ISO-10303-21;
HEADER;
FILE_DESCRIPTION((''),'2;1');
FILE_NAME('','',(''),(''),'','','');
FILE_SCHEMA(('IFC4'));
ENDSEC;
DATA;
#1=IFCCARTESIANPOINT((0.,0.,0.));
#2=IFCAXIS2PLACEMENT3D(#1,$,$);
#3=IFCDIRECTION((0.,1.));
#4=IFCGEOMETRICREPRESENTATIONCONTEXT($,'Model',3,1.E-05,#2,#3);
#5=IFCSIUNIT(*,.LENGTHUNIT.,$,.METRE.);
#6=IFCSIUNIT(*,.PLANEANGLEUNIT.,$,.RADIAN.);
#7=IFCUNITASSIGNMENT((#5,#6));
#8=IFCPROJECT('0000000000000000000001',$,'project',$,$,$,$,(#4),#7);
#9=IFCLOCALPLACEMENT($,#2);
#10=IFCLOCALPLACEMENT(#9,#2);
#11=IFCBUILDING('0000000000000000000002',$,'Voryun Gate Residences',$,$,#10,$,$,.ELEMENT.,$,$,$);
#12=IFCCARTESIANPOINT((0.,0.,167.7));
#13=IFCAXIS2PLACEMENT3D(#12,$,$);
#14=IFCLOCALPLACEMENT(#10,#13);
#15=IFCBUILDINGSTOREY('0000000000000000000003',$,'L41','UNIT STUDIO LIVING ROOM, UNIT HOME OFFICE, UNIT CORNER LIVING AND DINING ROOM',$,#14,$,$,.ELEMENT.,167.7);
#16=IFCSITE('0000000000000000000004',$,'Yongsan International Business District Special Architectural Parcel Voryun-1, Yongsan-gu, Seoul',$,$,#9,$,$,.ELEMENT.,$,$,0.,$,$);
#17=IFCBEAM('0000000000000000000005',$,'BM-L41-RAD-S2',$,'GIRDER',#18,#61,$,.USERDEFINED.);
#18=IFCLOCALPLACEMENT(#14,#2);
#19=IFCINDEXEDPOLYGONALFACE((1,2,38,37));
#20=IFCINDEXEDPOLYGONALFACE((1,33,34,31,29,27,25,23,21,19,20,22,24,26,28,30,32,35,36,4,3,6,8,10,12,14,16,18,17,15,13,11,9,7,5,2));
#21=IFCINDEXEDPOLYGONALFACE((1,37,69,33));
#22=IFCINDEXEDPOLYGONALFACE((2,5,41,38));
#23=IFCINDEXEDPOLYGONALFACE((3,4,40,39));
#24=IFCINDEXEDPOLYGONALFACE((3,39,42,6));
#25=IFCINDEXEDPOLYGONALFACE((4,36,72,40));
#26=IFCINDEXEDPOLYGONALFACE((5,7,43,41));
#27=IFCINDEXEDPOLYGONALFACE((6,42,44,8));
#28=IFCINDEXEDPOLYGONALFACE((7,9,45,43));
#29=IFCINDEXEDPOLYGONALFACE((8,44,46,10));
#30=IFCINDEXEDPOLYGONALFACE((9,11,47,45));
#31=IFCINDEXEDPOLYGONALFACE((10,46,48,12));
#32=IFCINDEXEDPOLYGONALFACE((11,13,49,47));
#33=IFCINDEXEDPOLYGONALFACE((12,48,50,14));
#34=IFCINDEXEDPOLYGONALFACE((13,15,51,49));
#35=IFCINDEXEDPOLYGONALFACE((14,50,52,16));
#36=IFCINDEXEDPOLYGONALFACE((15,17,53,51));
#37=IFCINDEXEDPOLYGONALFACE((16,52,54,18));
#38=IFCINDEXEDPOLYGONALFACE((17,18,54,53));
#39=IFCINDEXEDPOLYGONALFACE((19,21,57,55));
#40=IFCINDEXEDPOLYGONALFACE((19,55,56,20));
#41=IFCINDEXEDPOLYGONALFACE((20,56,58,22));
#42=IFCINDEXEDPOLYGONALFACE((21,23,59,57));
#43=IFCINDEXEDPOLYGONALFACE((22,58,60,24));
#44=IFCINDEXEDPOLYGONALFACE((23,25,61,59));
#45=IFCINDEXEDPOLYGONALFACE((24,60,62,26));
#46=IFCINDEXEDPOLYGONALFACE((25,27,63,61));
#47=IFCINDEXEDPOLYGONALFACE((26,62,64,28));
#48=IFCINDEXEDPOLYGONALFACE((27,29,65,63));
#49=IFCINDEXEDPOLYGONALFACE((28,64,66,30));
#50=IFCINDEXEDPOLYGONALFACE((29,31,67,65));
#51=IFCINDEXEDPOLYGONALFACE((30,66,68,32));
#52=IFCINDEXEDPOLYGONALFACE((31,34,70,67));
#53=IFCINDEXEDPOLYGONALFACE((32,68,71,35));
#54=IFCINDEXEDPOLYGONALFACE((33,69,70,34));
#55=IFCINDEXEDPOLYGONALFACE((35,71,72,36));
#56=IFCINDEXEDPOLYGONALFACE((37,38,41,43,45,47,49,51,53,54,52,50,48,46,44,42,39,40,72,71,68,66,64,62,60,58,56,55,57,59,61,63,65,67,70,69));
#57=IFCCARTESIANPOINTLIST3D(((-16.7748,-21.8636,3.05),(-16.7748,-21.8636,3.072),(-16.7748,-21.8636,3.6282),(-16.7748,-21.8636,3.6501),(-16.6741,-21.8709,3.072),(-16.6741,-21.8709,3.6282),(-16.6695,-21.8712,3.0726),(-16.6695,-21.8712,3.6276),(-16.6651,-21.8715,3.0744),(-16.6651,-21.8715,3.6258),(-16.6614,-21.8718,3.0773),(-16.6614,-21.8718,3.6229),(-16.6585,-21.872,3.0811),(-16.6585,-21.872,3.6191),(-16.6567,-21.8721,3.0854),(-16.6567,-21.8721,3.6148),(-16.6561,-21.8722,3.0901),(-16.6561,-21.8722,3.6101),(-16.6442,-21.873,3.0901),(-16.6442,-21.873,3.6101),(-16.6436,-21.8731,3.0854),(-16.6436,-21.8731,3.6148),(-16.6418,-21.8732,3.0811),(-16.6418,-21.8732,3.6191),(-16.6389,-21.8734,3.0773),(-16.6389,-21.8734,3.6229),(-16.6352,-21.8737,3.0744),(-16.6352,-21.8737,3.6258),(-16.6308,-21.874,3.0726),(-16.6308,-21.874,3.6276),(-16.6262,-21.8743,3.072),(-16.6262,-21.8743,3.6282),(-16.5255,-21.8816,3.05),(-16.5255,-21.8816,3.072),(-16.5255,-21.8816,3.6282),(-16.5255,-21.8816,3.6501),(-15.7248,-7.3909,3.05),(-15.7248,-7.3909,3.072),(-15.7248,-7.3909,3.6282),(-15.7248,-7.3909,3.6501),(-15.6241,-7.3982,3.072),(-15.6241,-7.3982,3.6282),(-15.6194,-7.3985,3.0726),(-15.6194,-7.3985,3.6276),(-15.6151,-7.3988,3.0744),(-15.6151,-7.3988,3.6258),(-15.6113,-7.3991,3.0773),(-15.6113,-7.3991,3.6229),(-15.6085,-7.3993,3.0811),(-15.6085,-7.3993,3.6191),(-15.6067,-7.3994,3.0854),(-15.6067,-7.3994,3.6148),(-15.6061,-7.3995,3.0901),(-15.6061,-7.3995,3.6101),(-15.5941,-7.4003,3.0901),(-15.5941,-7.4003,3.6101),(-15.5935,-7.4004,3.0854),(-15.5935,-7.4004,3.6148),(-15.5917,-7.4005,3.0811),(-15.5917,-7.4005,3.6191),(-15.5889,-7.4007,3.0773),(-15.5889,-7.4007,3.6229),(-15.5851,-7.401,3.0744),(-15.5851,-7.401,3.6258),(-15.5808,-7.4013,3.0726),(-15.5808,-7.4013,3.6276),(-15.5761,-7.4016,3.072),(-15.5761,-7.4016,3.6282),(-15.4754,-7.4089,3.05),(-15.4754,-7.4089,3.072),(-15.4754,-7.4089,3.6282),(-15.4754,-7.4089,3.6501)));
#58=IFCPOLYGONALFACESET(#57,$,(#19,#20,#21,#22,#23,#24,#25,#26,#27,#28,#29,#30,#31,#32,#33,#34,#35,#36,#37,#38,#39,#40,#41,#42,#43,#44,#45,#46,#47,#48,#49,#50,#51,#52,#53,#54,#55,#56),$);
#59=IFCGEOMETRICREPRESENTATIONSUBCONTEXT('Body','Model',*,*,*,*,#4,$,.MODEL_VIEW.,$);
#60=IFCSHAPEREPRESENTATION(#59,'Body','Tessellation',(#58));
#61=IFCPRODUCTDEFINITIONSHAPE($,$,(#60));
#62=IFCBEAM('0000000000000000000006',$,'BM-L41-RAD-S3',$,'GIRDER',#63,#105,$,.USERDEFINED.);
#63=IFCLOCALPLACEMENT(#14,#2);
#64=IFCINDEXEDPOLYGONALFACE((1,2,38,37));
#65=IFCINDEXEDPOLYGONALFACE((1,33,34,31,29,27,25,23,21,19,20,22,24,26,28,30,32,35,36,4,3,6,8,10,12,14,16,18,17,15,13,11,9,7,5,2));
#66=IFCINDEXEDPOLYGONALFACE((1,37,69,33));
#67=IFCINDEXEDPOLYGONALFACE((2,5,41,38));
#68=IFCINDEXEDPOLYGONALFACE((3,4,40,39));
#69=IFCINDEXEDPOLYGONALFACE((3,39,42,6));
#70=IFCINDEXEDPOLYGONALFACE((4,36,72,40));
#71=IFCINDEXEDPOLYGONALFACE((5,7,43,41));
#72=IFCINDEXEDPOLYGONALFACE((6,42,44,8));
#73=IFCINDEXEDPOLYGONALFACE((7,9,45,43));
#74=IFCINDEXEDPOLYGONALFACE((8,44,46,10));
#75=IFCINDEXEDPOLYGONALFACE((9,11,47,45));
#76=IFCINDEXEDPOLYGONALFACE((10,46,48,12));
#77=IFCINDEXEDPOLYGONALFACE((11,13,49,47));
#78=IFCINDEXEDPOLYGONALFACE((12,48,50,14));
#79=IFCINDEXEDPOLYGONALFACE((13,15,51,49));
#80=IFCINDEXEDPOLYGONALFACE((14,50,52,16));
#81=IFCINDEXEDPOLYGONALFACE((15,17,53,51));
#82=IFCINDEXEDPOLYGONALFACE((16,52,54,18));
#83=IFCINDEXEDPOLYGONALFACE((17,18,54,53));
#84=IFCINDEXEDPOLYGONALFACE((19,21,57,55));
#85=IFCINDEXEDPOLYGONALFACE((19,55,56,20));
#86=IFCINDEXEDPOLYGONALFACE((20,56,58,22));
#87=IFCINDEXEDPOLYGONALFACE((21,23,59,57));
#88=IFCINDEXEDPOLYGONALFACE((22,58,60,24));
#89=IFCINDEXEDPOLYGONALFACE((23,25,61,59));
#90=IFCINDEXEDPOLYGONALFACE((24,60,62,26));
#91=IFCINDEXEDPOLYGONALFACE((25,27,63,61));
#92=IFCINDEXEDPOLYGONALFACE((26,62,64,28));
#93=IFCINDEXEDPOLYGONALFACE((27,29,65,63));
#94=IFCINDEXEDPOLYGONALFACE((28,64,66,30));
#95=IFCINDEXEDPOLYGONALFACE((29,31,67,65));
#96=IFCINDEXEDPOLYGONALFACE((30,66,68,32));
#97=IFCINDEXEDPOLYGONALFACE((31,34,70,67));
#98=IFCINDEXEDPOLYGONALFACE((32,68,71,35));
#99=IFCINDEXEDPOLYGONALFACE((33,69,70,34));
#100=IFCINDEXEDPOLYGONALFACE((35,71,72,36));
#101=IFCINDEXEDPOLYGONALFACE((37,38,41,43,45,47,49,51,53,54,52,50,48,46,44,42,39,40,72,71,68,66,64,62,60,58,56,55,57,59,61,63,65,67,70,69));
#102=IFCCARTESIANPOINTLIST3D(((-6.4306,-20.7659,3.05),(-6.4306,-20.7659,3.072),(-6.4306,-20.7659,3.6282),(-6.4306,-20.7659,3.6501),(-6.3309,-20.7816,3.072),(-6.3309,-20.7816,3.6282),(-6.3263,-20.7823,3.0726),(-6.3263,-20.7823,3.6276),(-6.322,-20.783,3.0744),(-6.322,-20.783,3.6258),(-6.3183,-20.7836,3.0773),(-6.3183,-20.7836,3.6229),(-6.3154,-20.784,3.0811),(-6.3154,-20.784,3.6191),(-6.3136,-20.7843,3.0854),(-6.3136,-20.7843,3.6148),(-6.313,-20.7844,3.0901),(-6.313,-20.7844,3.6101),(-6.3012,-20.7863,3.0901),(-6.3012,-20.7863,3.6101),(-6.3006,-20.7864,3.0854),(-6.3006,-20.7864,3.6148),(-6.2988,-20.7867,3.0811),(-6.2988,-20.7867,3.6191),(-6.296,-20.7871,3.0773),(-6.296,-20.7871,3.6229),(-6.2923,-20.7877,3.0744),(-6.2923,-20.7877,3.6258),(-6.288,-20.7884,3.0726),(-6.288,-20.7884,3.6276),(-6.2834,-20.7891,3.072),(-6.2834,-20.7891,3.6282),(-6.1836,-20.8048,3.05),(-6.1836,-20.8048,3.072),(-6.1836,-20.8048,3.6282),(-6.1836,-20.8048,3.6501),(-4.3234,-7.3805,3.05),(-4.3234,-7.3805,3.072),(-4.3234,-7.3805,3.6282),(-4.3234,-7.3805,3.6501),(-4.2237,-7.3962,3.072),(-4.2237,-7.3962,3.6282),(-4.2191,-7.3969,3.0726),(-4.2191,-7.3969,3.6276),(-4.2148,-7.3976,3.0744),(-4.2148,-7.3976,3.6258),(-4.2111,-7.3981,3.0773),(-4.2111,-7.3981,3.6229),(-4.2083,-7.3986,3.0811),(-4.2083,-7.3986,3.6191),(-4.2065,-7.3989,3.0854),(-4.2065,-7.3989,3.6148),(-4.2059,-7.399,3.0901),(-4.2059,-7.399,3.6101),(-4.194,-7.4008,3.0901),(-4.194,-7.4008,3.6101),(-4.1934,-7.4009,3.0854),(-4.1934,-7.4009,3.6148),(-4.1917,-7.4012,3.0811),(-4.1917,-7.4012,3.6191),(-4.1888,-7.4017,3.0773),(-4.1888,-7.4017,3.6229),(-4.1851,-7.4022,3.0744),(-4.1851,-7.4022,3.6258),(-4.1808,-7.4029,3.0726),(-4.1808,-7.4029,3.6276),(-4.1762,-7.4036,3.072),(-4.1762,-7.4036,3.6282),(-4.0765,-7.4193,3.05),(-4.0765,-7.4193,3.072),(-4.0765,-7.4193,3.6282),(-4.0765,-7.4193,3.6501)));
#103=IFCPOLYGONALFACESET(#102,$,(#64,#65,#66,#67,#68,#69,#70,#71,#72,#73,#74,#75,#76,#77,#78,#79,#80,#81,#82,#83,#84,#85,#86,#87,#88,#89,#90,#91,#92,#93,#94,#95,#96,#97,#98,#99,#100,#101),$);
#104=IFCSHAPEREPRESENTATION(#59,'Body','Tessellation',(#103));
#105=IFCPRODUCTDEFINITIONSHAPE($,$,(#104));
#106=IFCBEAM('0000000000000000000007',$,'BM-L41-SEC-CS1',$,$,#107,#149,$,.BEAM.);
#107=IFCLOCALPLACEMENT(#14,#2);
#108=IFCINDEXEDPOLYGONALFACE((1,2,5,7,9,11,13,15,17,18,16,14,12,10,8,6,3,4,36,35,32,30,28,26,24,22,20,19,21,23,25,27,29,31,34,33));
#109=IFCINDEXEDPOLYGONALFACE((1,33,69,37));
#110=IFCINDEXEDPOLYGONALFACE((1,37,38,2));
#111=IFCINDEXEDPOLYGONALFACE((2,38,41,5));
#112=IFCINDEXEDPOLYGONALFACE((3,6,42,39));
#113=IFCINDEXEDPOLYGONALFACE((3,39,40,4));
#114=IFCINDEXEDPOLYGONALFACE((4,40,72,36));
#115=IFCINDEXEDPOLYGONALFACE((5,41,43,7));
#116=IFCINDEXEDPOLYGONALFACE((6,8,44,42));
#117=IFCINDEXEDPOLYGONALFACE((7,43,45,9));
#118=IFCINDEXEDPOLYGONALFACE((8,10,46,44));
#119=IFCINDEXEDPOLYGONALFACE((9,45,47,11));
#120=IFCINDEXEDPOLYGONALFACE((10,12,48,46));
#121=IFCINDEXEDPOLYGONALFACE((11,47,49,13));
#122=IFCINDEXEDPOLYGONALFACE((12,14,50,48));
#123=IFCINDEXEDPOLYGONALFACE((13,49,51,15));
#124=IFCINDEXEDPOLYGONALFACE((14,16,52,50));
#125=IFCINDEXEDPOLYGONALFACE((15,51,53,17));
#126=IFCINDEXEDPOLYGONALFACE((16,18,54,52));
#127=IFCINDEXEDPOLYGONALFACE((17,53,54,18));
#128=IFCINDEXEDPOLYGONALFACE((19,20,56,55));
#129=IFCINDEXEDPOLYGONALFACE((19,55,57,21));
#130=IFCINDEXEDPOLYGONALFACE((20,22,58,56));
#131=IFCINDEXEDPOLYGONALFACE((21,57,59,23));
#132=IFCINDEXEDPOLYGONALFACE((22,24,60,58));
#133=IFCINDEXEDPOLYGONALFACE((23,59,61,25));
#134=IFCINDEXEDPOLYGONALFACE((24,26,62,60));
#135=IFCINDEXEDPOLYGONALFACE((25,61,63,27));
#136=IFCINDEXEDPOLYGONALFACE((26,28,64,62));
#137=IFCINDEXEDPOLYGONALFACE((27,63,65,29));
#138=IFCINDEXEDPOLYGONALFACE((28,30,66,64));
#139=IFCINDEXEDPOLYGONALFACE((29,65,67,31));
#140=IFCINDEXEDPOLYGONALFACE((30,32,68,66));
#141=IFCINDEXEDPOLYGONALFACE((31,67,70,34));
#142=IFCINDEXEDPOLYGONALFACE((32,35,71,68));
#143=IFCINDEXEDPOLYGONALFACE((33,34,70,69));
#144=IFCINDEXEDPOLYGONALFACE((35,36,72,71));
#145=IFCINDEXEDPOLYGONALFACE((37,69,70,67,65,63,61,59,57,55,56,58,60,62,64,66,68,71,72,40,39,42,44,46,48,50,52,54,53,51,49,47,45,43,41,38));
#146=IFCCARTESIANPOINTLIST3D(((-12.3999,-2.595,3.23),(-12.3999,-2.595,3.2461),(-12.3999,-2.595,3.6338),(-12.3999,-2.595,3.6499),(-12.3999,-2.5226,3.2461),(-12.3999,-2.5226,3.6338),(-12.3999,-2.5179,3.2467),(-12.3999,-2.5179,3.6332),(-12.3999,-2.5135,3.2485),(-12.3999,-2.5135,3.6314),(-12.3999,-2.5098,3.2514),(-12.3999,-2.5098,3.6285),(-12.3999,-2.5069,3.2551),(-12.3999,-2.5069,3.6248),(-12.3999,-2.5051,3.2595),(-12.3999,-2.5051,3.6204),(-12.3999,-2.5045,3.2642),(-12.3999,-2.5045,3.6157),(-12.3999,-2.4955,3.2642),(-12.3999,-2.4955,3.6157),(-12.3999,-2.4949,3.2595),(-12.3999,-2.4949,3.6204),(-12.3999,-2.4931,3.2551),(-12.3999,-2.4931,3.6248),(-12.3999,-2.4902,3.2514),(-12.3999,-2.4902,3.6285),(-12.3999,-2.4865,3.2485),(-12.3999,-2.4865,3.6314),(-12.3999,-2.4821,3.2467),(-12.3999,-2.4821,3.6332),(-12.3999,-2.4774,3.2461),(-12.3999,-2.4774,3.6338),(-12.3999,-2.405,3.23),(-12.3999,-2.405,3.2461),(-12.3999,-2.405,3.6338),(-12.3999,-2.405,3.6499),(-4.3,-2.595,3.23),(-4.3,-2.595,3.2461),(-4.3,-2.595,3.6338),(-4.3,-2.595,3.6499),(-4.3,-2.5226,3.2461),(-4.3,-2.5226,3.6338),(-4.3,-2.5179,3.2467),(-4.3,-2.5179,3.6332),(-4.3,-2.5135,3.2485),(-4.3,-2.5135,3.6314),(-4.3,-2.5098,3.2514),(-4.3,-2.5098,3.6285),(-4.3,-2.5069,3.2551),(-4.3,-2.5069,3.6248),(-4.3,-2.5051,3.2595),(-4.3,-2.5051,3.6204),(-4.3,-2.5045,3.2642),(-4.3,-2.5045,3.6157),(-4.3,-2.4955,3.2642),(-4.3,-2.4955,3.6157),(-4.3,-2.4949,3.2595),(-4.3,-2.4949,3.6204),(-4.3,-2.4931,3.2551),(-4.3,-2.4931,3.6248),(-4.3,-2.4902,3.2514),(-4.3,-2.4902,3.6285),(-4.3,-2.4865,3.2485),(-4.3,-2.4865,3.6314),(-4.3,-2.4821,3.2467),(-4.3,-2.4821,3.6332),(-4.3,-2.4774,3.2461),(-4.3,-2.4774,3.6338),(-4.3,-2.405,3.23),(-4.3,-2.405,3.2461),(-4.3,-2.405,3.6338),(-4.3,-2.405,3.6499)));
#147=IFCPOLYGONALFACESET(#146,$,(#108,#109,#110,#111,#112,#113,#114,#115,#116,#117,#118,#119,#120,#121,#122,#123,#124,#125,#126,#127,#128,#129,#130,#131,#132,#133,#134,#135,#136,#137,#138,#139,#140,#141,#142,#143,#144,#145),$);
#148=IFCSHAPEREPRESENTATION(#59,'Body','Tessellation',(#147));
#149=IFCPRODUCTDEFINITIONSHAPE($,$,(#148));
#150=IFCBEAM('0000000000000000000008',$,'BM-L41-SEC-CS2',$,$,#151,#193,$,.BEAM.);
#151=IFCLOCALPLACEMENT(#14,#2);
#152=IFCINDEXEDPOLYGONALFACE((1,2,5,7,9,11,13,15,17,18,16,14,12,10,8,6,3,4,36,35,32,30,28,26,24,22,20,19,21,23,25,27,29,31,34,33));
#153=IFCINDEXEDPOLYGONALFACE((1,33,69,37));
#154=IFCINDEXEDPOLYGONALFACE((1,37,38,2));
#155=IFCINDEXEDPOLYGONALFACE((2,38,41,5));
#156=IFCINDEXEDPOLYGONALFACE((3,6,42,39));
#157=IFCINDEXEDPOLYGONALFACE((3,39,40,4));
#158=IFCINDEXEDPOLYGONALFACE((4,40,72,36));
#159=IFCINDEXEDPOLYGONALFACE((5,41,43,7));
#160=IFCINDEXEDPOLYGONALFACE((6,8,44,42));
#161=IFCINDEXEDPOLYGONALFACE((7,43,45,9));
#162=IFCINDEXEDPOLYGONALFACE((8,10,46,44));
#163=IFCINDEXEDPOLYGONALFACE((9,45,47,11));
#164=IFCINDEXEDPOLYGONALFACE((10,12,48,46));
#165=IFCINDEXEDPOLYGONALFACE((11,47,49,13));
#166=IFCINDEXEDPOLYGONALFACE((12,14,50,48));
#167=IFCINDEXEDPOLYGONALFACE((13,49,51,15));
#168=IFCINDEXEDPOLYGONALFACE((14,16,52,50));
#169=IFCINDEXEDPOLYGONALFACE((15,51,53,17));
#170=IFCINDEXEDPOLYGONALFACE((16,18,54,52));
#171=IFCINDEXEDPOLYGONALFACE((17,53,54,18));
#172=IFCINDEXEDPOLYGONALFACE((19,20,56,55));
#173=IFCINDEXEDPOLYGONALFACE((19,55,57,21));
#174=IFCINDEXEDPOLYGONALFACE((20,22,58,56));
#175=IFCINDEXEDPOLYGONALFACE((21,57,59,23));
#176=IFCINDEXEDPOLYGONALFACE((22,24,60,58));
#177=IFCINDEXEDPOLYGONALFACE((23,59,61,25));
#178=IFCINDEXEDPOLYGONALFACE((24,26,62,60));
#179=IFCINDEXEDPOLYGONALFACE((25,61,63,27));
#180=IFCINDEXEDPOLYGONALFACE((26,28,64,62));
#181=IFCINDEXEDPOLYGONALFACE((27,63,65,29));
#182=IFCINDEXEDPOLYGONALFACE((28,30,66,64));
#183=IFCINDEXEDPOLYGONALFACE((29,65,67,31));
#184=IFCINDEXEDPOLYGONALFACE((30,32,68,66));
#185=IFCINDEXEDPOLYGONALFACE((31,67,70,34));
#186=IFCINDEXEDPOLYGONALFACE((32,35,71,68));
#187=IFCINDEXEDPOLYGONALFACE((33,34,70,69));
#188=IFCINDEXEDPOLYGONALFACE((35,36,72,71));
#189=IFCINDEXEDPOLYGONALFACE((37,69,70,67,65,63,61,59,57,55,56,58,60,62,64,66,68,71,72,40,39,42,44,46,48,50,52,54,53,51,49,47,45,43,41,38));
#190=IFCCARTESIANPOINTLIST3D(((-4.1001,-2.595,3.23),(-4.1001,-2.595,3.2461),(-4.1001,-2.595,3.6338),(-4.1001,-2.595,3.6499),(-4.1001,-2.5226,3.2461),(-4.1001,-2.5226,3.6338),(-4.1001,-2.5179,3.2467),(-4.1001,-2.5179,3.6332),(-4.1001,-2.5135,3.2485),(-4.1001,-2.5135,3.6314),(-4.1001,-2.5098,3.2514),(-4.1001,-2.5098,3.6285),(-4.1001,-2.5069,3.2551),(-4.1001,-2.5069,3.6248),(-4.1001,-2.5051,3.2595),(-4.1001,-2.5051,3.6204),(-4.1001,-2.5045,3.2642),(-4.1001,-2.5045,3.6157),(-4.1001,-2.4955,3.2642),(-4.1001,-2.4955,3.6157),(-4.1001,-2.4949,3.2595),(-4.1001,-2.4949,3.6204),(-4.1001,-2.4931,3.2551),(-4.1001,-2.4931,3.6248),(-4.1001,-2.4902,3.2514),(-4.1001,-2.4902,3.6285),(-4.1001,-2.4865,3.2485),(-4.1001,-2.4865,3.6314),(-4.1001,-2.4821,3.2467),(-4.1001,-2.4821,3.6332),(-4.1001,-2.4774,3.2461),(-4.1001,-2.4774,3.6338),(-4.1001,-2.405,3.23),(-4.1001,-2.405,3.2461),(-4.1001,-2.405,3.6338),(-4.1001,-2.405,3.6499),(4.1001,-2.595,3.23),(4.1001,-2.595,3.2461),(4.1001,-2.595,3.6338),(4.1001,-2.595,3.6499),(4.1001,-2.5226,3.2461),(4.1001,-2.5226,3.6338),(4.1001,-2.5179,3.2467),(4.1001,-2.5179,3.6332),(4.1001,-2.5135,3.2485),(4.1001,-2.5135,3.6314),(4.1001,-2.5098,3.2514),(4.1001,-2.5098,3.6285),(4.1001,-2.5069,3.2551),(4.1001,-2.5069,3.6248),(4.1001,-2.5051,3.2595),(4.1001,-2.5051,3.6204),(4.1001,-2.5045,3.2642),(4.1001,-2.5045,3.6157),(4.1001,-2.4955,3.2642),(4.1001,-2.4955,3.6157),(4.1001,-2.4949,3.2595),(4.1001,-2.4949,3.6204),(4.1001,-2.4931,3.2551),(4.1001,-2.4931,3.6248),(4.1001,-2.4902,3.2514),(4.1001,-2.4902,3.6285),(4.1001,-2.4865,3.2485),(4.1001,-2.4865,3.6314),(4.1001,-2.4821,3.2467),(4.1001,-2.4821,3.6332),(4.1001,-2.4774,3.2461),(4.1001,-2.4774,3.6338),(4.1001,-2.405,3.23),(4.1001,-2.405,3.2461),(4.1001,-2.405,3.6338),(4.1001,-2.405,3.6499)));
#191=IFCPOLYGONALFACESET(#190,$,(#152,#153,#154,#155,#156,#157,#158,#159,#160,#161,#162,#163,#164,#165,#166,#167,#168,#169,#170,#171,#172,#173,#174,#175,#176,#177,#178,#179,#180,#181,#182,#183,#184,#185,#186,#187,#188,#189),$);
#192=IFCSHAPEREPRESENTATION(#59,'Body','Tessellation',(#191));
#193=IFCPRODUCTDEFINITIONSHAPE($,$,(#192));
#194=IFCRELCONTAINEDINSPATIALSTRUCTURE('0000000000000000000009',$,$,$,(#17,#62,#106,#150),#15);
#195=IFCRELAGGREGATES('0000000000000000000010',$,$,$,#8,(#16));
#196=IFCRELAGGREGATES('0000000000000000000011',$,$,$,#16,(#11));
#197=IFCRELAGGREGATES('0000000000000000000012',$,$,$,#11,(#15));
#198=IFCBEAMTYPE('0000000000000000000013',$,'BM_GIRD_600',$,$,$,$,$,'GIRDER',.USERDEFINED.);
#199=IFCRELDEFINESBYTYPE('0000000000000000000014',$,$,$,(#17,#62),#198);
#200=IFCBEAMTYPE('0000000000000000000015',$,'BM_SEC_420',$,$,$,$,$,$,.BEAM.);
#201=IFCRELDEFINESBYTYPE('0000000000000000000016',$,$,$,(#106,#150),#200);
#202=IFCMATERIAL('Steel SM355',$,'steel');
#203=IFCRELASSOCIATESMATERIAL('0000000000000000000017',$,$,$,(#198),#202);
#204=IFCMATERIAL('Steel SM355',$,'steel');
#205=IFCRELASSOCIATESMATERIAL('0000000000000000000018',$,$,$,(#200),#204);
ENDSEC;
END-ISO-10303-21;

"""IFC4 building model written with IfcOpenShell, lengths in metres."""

from ifc_helpers import new_model, si_unit, direction, frame, origin, origin_2d, place, context, subcontext, project, spatial, i_section, extrude, material, material_profile, profile_set, type_object, element, save


model = new_model("IFC4")

# Units and contexts
model_context = context("Model", 3, precision=1e-05, world=origin(), true_north=direction((0.0, 1.0)))
body_context = subcontext(model_context, "Body", "Model", "MODEL_VIEW")
ifc_project = project(units=[si_unit("LENGTHUNIT", "METRE"), si_unit("PLANEANGLEUNIT", "RADIAN")], contexts=[model_context])

# Site, building, storey
site_placement = place(None, origin())
site = spatial("IfcSite", under=ifc_project, at=site_placement, Name="Yongsan International Business District Special Architectural Parcel Voryun-1, Yongsan-gu, Seoul", CompositionType="ELEMENT", RefElevation=0.0)
building_placement = place(site_placement, origin())
building = spatial("IfcBuilding", under=site, at=building_placement, Name="Voryun Gate Residences", CompositionType="ELEMENT")
storey_placement = place(building_placement, frame((0.0, 0.0, 167.7)))
storey = spatial("IfcBuildingStorey", under=building, at=storey_placement, Name="L41", Description="UNIT STUDIO LIVING ROOM, UNIT HOME OFFICE, UNIT CORNER LIVING AND DINING ROOM", CompositionType="ELEMENT", Elevation=167.7)

# Beams
ifc_material_1 = material(Name="Steel SM355", Category="steel")
ifc_material_profile_1 = material_profile(ifc_material_1, i_section(OverallWidth=0.25, OverallDepth=0.6001, WebThickness=0.012, FlangeThickness=0.022, FilletRadius=0.0181, at=origin_2d()), Name="H-600x250x12x22")
ifc_profile_set_1 = profile_set([ifc_material_profile_1], Name="Steel SM355")
beam_type_1 = type_object("IfcBeamType", Name="BM_GIRD_600", ElementType="GIRDER", PredefinedType="USERDEFINED", material=ifc_profile_set_1)
beam_1_placement = place(storey_placement, frame((-15.6001, -7.3999, 3.3501), z_axis=(-0.072364, -0.997378, 0.0), x_axis=(0.997378, -0.072364, 0.0)))
element("IfcBeam", 1, at=beam_1_placement, inside=storey, type_object=beam_type_1, Name="BM-L41-RAD-S2", ObjectType="GIRDER", PredefinedType="USERDEFINED", context=body_context, shape_type="SweptSolid", body=[
    extrude(i_section(OverallWidth=0.25, OverallDepth=0.6001, WebThickness=0.012, FlangeThickness=0.022, FilletRadius=0.0181, at=origin_2d()), origin(), (0.0, 0.0, 1.0), 14.5107),
])
beam_2_placement = place(storey_placement, frame((-4.2, -7.3999, 3.3501), z_axis=(-0.155507, -0.987835, 0.0), x_axis=(0.987835, -0.155507, 0.0)))
element("IfcBeam", 2, at=beam_2_placement, inside=storey, type_object=beam_type_1, Name="BM-L41-RAD-S3", ObjectType="GIRDER", PredefinedType="USERDEFINED", context=body_context, shape_type="SweptSolid", body=[
    extrude(i_section(OverallWidth=0.25, OverallDepth=0.6001, WebThickness=0.012, FlangeThickness=0.022, FilletRadius=0.0181, at=origin_2d()), origin(), (0.0, 0.0, 1.0), 13.5503),
])
ifc_material_2 = material(Name="Steel SM355", Category="steel")
ifc_material_profile_2 = material_profile(ifc_material_2, i_section(OverallWidth=0.1899, OverallDepth=0.4199, WebThickness=0.009, FlangeThickness=0.0161, FilletRadius=0.0181, at=origin_2d()), Name="H-420x190x9x16")
ifc_profile_set_2 = profile_set([ifc_material_profile_2], Name="Steel SM355")
beam_type_2 = type_object("IfcBeamType", Name="BM_SEC_420", PredefinedType="BEAM", material=ifc_profile_set_2)
beam_3_placement = place(storey_placement, frame((-12.3999, -2.5, 3.4399), z_axis=(1.0, 0.0, 0.0), x_axis=(0.0, 1.0, 0.0)))
element("IfcBeam", 3, at=beam_3_placement, inside=storey, type_object=beam_type_2, Name="BM-L41-SEC-CS1", PredefinedType="BEAM", context=body_context, shape_type="SweptSolid", body=[
    extrude(i_section(OverallWidth=0.1899, OverallDepth=0.4199, WebThickness=0.009, FlangeThickness=0.0161, FilletRadius=0.0181, at=origin_2d()), origin(), (0.0, 0.0, 1.0), 8.0999),
])
beam_4_placement = place(storey_placement, frame((-4.1001, -2.5, 3.4399), z_axis=(1.0, 0.0, 0.0), x_axis=(0.0, 1.0, 0.0)))
element("IfcBeam", 4, at=beam_4_placement, inside=storey, type_object=beam_type_2, Name="BM-L41-SEC-CS2", PredefinedType="BEAM", context=body_context, shape_type="SweptSolid", body=[
    extrude(i_section(OverallWidth=0.1899, OverallDepth=0.4199, WebThickness=0.009, FlangeThickness=0.0161, FilletRadius=0.0181, at=origin_2d()), origin(), (0.0, 0.0, 1.0), 8.2002),
])

save(model, "model.ifc")
